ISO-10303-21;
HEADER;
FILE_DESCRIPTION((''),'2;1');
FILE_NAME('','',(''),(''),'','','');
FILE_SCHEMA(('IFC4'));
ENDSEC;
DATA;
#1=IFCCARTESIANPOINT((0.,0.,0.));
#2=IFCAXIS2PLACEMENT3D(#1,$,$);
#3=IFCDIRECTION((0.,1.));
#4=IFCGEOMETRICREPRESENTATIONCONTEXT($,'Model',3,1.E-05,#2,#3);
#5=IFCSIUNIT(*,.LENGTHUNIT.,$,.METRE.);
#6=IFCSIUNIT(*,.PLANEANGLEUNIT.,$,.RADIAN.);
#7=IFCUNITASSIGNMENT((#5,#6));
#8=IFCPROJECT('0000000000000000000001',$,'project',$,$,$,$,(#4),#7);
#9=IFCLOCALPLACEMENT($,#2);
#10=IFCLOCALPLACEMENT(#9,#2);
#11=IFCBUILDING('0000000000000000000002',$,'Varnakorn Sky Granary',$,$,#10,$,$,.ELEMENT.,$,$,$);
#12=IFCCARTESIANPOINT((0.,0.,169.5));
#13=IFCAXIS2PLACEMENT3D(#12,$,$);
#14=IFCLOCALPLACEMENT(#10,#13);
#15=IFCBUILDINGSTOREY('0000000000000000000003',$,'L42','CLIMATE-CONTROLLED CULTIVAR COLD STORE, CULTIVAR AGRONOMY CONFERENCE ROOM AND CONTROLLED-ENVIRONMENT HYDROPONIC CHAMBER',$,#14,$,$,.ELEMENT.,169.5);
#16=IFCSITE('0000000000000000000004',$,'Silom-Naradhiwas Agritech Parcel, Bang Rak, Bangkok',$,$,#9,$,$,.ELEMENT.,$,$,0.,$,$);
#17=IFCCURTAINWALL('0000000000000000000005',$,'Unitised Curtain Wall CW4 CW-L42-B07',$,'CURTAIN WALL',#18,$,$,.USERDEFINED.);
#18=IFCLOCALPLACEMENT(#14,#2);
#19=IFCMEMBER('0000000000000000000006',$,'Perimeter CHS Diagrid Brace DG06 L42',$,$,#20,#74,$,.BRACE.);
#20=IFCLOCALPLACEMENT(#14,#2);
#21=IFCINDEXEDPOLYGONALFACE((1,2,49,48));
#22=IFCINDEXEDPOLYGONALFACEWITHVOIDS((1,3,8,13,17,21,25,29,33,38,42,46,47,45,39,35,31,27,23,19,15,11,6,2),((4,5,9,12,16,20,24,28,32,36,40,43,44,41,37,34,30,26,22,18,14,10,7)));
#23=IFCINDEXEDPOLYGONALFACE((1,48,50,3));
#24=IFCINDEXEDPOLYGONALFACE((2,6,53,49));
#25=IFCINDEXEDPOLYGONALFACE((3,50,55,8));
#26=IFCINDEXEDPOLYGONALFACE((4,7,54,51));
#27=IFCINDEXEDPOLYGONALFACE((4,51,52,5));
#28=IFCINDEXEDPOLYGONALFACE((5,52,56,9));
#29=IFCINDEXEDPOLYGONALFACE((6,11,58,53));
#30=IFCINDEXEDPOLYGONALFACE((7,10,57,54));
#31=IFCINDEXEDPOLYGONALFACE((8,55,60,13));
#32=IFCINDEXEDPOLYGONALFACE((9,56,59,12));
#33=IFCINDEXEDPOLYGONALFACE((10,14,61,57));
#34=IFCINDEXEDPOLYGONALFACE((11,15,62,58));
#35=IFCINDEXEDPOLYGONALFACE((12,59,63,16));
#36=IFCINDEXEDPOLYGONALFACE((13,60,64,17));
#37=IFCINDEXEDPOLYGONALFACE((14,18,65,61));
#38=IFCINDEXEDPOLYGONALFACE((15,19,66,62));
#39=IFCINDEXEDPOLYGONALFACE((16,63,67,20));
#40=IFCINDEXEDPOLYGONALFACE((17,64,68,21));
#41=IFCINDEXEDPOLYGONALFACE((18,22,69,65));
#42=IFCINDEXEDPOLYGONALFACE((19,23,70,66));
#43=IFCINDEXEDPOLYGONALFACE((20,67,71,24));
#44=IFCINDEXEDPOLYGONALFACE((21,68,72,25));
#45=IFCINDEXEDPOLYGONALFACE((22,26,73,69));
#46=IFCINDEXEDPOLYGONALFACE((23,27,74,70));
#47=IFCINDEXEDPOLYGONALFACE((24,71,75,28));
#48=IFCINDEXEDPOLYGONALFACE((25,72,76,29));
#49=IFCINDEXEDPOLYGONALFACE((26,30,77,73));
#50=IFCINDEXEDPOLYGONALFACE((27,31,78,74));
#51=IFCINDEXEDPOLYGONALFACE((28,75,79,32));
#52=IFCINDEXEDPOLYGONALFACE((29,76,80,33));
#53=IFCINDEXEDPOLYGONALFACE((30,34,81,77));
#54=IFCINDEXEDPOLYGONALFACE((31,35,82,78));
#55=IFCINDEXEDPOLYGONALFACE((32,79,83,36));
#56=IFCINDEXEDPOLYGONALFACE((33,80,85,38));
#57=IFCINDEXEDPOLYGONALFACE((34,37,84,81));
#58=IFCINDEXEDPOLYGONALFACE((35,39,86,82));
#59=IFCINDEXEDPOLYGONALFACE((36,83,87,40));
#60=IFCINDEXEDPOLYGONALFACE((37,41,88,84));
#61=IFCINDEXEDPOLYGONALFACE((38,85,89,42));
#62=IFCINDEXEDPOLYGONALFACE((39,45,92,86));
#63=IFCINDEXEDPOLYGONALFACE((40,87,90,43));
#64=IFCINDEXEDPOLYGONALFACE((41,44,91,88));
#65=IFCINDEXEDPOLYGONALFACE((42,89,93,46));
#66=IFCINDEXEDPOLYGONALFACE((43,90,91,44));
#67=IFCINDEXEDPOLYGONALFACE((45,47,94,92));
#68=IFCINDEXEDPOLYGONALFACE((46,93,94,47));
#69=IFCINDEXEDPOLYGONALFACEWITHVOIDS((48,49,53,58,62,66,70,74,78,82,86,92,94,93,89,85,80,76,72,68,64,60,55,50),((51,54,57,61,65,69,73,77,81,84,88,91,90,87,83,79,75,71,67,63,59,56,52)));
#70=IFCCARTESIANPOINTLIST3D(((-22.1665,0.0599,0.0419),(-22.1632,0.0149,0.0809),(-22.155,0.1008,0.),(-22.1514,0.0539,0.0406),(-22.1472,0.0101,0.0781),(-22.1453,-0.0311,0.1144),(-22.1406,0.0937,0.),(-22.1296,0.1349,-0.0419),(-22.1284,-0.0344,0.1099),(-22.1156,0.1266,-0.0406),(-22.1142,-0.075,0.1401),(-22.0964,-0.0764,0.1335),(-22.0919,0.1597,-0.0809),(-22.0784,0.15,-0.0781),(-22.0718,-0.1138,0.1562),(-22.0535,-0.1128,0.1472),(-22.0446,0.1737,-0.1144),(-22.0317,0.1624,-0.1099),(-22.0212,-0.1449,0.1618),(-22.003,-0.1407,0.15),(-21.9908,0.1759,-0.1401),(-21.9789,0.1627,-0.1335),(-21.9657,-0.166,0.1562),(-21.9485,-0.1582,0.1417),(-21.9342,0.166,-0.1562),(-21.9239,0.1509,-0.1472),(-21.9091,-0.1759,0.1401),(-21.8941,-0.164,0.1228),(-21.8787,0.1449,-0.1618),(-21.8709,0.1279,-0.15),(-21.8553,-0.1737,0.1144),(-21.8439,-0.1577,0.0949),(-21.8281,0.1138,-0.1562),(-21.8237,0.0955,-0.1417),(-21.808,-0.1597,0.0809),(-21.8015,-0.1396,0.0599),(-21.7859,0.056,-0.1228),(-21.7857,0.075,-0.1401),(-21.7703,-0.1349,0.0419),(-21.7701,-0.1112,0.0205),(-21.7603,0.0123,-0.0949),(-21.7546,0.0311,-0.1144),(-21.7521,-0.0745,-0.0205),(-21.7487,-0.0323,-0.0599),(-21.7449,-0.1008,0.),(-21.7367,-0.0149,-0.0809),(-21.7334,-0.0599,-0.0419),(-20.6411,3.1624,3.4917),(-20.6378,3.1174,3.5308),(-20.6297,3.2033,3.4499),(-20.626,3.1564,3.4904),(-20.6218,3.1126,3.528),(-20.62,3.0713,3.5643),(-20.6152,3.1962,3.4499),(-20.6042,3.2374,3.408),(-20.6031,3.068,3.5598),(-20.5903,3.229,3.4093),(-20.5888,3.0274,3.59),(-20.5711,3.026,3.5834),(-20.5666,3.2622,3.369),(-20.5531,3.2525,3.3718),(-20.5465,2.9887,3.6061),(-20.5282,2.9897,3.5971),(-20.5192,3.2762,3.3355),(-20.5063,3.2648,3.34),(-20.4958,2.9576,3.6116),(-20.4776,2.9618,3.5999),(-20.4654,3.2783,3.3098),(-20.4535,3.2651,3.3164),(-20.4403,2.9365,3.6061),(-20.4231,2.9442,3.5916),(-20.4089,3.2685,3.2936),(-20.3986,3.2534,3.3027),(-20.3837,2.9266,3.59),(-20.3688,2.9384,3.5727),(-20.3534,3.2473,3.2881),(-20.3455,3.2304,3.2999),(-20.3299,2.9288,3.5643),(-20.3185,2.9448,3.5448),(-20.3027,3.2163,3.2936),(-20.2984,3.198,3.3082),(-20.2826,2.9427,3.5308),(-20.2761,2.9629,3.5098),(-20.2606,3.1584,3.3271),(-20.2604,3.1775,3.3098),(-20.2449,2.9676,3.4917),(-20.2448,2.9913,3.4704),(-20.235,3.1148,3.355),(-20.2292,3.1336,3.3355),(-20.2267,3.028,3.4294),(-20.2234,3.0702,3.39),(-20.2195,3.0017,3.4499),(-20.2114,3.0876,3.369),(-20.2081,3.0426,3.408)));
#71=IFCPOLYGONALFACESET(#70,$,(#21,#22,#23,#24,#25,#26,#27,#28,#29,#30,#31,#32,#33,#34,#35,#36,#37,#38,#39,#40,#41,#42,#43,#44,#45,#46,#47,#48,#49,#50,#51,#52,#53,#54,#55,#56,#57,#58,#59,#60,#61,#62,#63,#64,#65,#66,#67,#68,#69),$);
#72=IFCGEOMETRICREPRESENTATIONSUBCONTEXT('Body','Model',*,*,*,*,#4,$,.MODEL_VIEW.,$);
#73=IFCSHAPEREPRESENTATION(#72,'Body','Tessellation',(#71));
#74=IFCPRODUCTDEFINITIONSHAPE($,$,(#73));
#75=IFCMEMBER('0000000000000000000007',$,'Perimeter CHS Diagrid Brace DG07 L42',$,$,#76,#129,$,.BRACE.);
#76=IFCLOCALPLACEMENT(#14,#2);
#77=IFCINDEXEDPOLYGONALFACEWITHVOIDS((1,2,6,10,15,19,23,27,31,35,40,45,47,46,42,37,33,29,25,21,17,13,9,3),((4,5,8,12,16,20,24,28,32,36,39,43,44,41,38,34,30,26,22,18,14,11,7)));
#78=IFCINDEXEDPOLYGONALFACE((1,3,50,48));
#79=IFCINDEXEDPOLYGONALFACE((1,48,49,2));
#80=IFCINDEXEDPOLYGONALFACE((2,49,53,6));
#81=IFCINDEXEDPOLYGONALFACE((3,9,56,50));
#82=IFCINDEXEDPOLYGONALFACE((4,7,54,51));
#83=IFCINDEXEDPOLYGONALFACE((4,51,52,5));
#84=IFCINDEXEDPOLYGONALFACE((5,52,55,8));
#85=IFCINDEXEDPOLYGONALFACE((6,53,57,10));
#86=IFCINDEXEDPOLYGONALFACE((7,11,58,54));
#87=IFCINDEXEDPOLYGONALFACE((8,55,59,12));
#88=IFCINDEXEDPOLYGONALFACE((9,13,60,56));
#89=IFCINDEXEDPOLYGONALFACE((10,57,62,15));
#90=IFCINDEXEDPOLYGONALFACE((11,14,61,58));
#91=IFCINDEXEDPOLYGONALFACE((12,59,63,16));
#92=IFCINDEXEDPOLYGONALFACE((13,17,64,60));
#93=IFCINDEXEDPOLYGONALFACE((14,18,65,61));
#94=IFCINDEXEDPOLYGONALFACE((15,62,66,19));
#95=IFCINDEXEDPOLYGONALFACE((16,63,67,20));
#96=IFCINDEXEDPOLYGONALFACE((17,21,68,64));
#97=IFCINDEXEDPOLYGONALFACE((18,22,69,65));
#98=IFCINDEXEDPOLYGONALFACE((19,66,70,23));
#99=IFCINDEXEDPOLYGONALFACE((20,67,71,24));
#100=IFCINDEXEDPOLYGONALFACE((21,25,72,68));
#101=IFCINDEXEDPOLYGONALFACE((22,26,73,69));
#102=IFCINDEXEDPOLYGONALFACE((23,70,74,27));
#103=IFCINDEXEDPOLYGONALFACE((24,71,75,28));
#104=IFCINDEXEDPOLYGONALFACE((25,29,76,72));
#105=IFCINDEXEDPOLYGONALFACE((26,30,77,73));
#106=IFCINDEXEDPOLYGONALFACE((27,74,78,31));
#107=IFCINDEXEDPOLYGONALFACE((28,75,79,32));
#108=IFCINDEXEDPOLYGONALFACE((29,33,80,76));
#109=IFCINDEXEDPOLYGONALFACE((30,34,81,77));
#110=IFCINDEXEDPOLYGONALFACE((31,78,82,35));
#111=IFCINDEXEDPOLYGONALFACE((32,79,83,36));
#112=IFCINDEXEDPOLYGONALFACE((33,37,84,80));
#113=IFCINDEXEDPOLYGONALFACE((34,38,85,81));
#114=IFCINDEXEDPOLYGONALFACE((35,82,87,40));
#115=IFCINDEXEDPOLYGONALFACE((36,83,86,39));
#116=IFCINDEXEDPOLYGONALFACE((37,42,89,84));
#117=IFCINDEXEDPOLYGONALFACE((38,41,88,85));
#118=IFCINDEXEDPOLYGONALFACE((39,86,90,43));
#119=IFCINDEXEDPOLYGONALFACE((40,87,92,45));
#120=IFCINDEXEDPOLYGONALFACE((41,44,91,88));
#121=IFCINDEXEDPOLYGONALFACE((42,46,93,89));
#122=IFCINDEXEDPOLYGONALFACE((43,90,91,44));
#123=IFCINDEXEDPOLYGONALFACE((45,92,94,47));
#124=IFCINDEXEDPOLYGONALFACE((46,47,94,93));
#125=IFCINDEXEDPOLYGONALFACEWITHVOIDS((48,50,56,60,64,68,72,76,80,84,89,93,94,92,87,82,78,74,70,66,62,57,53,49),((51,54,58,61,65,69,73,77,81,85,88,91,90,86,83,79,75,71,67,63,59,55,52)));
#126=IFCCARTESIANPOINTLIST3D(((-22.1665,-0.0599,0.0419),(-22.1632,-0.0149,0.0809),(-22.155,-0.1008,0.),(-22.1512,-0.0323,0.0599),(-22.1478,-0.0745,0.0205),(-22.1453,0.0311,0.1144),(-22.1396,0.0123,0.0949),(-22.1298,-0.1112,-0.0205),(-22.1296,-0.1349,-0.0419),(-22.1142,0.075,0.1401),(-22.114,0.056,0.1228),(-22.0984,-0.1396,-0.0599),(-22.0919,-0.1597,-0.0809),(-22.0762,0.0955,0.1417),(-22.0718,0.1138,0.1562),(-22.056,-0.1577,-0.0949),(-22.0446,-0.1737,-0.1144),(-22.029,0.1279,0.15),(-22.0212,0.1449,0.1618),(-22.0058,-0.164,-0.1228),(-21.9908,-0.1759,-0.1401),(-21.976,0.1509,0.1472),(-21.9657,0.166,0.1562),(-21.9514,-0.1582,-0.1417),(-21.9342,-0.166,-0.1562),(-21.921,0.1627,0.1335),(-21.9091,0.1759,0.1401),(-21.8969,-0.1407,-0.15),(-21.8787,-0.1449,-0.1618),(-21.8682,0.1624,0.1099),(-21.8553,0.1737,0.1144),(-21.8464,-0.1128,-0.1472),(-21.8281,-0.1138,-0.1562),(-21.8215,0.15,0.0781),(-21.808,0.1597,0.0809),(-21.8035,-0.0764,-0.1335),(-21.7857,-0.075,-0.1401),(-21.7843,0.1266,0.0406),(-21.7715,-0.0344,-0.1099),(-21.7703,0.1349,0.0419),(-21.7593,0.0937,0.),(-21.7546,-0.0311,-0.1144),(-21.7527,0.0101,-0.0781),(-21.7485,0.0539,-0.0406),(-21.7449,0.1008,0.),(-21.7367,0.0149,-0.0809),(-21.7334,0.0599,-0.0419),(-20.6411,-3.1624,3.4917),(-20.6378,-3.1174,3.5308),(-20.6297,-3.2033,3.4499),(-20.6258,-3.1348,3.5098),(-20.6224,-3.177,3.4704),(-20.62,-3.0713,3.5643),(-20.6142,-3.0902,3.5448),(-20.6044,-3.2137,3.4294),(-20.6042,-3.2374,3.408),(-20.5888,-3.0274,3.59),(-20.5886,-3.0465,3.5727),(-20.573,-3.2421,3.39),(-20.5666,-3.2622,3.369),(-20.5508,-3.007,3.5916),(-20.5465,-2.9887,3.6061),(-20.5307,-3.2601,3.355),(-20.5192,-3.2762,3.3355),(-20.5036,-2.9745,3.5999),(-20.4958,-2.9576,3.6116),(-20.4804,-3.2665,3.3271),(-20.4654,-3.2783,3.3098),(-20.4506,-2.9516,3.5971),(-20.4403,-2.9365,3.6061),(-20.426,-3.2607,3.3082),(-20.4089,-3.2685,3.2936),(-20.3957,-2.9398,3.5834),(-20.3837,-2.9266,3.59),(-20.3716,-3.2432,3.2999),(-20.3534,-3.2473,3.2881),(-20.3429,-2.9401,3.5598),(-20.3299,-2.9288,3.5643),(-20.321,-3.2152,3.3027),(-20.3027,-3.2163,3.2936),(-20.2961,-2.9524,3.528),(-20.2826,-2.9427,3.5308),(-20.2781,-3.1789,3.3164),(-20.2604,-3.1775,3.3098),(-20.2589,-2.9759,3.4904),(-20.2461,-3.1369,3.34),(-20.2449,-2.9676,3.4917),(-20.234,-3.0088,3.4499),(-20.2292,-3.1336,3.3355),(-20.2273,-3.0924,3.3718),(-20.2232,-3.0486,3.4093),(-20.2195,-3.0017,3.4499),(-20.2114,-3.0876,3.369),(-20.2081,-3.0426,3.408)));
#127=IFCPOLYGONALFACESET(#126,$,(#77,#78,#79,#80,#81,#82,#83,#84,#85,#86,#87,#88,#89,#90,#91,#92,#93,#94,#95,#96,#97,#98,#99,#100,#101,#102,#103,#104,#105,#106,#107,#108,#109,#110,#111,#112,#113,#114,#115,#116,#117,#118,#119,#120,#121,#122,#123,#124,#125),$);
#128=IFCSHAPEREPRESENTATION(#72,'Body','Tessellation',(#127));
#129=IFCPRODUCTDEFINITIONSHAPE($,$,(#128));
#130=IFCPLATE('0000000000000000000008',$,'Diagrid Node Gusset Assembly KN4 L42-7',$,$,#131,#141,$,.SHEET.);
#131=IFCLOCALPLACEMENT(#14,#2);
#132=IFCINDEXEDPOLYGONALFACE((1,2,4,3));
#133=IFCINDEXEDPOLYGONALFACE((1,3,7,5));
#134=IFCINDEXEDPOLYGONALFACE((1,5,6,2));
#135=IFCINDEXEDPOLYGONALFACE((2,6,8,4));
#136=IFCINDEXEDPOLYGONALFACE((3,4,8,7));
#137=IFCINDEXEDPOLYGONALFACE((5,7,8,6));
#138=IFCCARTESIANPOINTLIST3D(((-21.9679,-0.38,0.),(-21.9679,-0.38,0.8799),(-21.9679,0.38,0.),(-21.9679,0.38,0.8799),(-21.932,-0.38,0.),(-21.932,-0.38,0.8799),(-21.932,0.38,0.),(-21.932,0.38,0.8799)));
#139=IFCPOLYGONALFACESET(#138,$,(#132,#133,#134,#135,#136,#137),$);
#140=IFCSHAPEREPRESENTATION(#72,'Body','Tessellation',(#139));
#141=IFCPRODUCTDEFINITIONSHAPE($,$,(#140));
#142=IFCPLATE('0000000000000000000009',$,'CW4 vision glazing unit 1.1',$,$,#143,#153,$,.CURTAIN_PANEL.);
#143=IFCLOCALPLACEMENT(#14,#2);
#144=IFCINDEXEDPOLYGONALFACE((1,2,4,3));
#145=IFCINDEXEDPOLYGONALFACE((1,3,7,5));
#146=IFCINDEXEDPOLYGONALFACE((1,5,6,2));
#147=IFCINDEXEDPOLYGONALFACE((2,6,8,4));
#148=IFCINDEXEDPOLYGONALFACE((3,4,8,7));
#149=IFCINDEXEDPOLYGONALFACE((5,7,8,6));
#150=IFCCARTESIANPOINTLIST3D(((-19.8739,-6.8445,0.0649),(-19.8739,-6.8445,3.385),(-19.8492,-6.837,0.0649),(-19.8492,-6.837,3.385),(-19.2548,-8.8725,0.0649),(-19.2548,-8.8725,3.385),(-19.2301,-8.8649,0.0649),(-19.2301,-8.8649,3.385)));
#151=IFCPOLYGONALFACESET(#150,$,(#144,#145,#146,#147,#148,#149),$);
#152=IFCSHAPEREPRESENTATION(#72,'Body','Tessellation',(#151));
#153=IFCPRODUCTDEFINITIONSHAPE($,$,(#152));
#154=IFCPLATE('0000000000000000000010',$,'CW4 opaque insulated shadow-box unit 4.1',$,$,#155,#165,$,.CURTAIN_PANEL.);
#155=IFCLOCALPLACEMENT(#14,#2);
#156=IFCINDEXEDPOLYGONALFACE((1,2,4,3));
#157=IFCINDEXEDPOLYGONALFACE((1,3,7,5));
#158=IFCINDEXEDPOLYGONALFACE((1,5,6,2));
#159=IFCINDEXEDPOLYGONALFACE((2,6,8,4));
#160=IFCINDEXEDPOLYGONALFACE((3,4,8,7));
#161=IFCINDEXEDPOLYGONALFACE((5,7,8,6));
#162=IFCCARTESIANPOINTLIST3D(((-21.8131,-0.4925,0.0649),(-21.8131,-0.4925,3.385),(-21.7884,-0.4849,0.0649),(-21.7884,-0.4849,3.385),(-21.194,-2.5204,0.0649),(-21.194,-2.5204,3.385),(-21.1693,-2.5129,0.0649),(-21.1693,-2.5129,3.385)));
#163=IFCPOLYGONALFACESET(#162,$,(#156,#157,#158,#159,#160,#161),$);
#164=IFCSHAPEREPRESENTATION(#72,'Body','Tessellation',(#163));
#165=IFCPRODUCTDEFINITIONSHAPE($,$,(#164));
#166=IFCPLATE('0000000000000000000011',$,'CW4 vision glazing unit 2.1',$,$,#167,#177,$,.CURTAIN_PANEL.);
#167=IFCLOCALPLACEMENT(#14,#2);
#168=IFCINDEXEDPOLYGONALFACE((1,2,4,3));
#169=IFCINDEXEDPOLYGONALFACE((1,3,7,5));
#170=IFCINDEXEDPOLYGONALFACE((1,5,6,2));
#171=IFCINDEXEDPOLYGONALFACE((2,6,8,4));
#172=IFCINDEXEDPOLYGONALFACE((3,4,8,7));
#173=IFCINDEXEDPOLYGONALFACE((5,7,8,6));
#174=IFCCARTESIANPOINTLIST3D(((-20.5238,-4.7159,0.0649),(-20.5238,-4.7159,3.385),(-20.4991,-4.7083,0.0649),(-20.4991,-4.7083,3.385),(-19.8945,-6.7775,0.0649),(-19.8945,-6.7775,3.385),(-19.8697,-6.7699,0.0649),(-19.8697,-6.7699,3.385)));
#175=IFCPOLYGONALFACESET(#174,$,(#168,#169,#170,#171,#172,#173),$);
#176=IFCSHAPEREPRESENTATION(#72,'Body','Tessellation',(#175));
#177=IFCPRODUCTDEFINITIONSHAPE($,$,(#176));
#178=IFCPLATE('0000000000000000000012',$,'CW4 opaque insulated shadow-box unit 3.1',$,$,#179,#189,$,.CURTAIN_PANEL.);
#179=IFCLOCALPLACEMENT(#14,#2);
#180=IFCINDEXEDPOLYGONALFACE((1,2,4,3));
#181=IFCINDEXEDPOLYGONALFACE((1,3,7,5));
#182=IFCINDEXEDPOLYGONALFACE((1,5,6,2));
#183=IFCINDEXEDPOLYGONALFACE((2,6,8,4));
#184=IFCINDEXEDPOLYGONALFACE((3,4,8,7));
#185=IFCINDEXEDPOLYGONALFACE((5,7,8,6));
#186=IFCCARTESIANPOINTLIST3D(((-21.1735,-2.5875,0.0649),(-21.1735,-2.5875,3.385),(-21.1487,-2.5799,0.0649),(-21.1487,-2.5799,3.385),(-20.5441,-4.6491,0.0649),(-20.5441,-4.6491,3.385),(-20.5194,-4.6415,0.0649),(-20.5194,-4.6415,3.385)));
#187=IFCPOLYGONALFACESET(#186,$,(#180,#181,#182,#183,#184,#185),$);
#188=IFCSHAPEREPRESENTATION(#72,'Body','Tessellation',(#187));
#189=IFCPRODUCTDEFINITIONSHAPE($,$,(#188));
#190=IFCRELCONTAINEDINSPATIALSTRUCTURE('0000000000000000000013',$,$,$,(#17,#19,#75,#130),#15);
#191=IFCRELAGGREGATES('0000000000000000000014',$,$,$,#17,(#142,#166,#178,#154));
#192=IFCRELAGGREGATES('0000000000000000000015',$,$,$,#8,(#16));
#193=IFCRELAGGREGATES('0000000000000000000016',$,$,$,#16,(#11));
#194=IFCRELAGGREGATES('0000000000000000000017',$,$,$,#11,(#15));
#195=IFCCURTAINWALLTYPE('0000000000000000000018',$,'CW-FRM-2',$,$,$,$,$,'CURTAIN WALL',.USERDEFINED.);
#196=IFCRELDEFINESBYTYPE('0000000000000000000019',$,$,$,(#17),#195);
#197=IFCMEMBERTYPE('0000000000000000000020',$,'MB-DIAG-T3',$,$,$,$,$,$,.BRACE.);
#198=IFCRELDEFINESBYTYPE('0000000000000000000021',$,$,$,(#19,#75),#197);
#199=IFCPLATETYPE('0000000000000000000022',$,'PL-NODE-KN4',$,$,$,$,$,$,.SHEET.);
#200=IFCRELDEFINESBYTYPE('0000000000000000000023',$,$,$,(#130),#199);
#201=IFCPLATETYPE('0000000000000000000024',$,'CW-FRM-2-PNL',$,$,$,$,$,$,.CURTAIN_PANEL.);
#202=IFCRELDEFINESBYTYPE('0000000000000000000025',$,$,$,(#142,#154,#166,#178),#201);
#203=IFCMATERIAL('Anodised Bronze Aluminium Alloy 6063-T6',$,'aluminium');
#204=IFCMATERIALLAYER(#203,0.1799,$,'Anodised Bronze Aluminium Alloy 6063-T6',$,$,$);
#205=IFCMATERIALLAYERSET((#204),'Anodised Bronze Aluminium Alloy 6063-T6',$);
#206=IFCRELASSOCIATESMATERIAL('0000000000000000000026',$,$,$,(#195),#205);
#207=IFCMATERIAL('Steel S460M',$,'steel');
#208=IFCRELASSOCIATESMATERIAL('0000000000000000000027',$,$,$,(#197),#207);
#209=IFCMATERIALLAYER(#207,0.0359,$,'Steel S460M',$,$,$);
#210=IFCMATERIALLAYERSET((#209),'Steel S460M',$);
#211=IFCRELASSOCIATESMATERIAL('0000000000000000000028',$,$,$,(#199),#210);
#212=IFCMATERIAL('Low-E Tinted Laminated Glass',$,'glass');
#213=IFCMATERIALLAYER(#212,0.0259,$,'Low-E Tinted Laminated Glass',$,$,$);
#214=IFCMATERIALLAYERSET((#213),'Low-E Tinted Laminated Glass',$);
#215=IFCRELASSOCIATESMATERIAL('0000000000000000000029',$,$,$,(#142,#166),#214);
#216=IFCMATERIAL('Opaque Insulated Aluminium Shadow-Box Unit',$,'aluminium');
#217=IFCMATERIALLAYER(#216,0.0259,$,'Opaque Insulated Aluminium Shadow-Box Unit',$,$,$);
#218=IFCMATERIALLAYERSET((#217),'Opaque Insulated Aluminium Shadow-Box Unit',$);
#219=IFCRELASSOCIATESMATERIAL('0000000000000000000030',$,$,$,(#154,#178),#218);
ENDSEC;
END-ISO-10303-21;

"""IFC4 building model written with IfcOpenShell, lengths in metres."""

from ifc_helpers import new_model, si_unit, direction, frame, origin, origin_2d, place, context, subcontext, project, spatial, rectangle, hollow_circle, extrude, source, transform, mapped, material, layer, layer_set, material_profile, profile_set, type_object, element, aggregate, save


model = new_model("IFC4")

# Units and contexts
model_context = context("Model", 3, precision=1e-05, world=origin(), true_north=direction((0.0, 1.0)))
body_context = subcontext(model_context, "Body", "Model", "MODEL_VIEW")
ifc_project = project(units=[si_unit("LENGTHUNIT", "METRE"), si_unit("PLANEANGLEUNIT", "RADIAN")], contexts=[model_context])

# Site, building, storey
site_placement = place(None, origin())
site = spatial("IfcSite", under=ifc_project, at=site_placement, Name="Silom-Naradhiwas Agritech Parcel, Bang Rak, Bangkok", CompositionType="ELEMENT", RefElevation=0.0)
building_placement = place(site_placement, origin())
building = spatial("IfcBuilding", under=site, at=building_placement, Name="Varnakorn Sky Granary", CompositionType="ELEMENT")
storey_placement = place(building_placement, frame((0.0, 0.0, 169.5)))
storey = spatial("IfcBuildingStorey", under=building, at=storey_placement, Name="L42", Description="CLIMATE-CONTROLLED CULTIVAR COLD STORE, CULTIVAR AGRONOMY CONFERENCE ROOM AND CONTROLLED-ENVIRONMENT HYDROPONIC CHAMBER", CompositionType="ELEMENT", Elevation=169.5)

# Shared definitions
ifc_material_1 = material(Name="Steel S460M", Category="steel")

# Curtain wall
ifc_material_2 = material(Name="Anodised Bronze Aluminium Alloy 6063-T6", Category="aluminium")
ifc_layer_1 = layer(ifc_material_2, 0.1799, Name="Anodised Bronze Aluminium Alloy 6063-T6")
ifc_layer_set_1 = layer_set([ifc_layer_1], Name="Anodised Bronze Aluminium Alloy 6063-T6")
curtain_wall_type = type_object("IfcCurtainWallType", Name="CW-FRM-2", ElementType="CURTAIN WALL", PredefinedType="USERDEFINED", material=ifc_layer_set_1)
curtain_wall_1_placement = place(storey_placement, origin())
curtain_wall_1 = element("IfcCurtainWall", 1, at=curtain_wall_1_placement, inside=storey, type_object=curtain_wall_type, Name="Unitised Curtain Wall CW4 CW-L42-B07", ObjectType="CURTAIN WALL", PredefinedType="USERDEFINED")

# Members
ifc_material_profile_1 = material_profile(ifc_material_1, hollow_circle(Radius=0.2285, WallThickness=0.0161, at=origin_2d()), Name="CHS 457x16")
ifc_profile_set_1 = profile_set([ifc_material_profile_1], Name="Steel S460M")
member_type_1 = type_object("IfcMemberType", Name="MB-DIAG-T3", PredefinedType="BRACE", material=ifc_profile_set_1)
for number, where, z_axis, x_axis, name in (
    (2, (-21.95, 0.0, 0.0), (0.312316, 0.635229, 0.706359), (-0.897401, 0.441215, 0.0), "Perimeter CHS Diagrid Brace DG06 L42"),
    (3, (-21.95, 0.0, 0.0), (0.312316, -0.635229, 0.706359), (0.897401, 0.441215, 0.0), "Perimeter CHS Diagrid Brace DG07 L42"),
):
    element("IfcMember", number, at=place(storey_placement, frame(where, z_axis=z_axis, x_axis=x_axis)), inside=storey, type_object=member_type_1, Name=name, PredefinedType="BRACE", context=body_context, shape_type="SweptSolid", body=[
        extrude(hollow_circle(Radius=0.2285, WallThickness=0.0161, at=origin_2d()), origin(), (0.0, 0.0, 1.0), 4.884),
    ])

# Plates
ifc_layer_2 = layer(ifc_material_1, 0.0359, Name="Steel S460M")
ifc_layer_set_2 = layer_set([ifc_layer_2], Name="Steel S460M")
plate_type_1 = type_object("IfcPlateType", Name="PL-NODE-KN4", PredefinedType="SHEET", material=ifc_layer_set_2)
plate_1_placement = place(storey_placement, frame((-21.95, 0.0, 0.0), z_axis=(0.0, 0.0, 1.0), x_axis=(0.0, -1.0, 0.0)))
element("IfcPlate", 4, at=plate_1_placement, inside=storey, type_object=plate_type_1, Name="Diagrid Node Gusset Assembly KN4 L42-7", PredefinedType="SHEET", context=body_context, shape_type="SweptSolid", body=[
    extrude(rectangle(XDim=0.76, YDim=0.0359, at=origin_2d()), origin(), (0.0, 0.0, 1.0), 0.8799),
])
ifc_material_3 = material(Name="Low-E Tinted Laminated Glass", Category="glass")
ifc_layer_3 = layer(ifc_material_3, 0.0259, Name="Low-E Tinted Laminated Glass")
ifc_layer_set_3 = layer_set([ifc_layer_3], Name="Low-E Tinted Laminated Glass")
plate_type_2 = type_object("IfcPlateType", Name="CW-FRM-2-PNL", PredefinedType="CURTAIN_PANEL")
shared_shape_1 = source(origin(), body_context, "Body", "SweptSolid", [
    extrude(rectangle(XDim=2.1204, YDim=0.0259, at=origin_2d()), origin(), (0.0, 0.0, 1.0), 3.3201),
])
plate_2_placement = place(storey_placement, frame((-19.552, -7.8547, 0.0649), z_axis=(0.0, 0.0, 1.0), x_axis=(-0.291975, 0.956426, 0.0)))
plate_2 = element("IfcPlate", 5, at=plate_2_placement, type_object=plate_type_2, material=ifc_layer_set_3, Name="CW4 vision glazing unit 1.1", PredefinedType="CURTAIN_PANEL", context=body_context, shape_type="MappedRepresentation", body=[
    mapped(shared_shape_1, transform((0.0, 0.0, 0.0), x_axis=(1.0, 0.0, 0.0), y_axis=(0.0, 1.0, 0.0), z_axis=(0.0, 0.0, 1.0), scale=1.0)),
])
ifc_material_4 = material(Name="Opaque Insulated Aluminium Shadow-Box Unit", Category="aluminium")
ifc_layer_4 = layer(ifc_material_4, 0.0259, Name="Opaque Insulated Aluminium Shadow-Box Unit")
ifc_layer_set_4 = layer_set([ifc_layer_4], Name="Opaque Insulated Aluminium Shadow-Box Unit")
plate_3_placement = place(storey_placement, frame((-21.4912, -1.5027, 0.0649), z_axis=(0.0, 0.0, 1.0), x_axis=(-0.291975, 0.956426, 0.0)))
plate_3 = element("IfcPlate", 6, at=plate_3_placement, type_object=plate_type_2, material=ifc_layer_set_4, Name="CW4 opaque insulated shadow-box unit 4.1", PredefinedType="CURTAIN_PANEL", context=body_context, shape_type="MappedRepresentation", body=[
    mapped(shared_shape_1, transform((0.0, 0.0, 0.0), x_axis=(1.0, 0.0, 0.0), y_axis=(0.0, 1.0, 0.0), z_axis=(0.0, 0.0, 1.0), scale=1.0)),
])
shared_shape_2 = source(origin(), body_context, "Body", "SweptSolid", [
    extrude(rectangle(XDim=2.1555, YDim=0.0259, at=origin_2d()), origin(), (0.0, 0.0, 1.0), 3.3201),
])
plate_4_placement = place(storey_placement, frame((-20.1968, -5.7429, 0.0649), z_axis=(0.0, 0.0, 1.0), x_axis=(-0.291975, 0.956426, 0.0)))
plate_4 = element("IfcPlate", 7, at=plate_4_placement, type_object=plate_type_2, material=ifc_layer_set_3, Name="CW4 vision glazing unit 2.1", PredefinedType="CURTAIN_PANEL", context=body_context, shape_type="MappedRepresentation", body=[
    mapped(shared_shape_2, transform((0.0, 0.0, 0.0), x_axis=(1.0, 0.0, 0.0), y_axis=(0.0, 1.0, 0.0), z_axis=(0.0, 0.0, 1.0), scale=1.0)),
])
plate_5_placement = place(storey_placement, frame((-20.8464, -3.6145, 0.0649), z_axis=(0.0, 0.0, 1.0), x_axis=(-0.291975, 0.956426, 0.0)))
plate_5 = element("IfcPlate", 8, at=plate_5_placement, type_object=plate_type_2, material=ifc_layer_set_4, Name="CW4 opaque insulated shadow-box unit 3.1", PredefinedType="CURTAIN_PANEL", context=body_context, shape_type="MappedRepresentation", body=[
    mapped(shared_shape_2, transform((0.0, 0.0, 0.0), x_axis=(1.0, 0.0, 0.0), y_axis=(0.0, 1.0, 0.0), z_axis=(0.0, 0.0, 1.0), scale=1.0)),
])
aggregate(curtain_wall_1, [plate_2, plate_4, plate_5, plate_3])

save(model, "model.ifc")
